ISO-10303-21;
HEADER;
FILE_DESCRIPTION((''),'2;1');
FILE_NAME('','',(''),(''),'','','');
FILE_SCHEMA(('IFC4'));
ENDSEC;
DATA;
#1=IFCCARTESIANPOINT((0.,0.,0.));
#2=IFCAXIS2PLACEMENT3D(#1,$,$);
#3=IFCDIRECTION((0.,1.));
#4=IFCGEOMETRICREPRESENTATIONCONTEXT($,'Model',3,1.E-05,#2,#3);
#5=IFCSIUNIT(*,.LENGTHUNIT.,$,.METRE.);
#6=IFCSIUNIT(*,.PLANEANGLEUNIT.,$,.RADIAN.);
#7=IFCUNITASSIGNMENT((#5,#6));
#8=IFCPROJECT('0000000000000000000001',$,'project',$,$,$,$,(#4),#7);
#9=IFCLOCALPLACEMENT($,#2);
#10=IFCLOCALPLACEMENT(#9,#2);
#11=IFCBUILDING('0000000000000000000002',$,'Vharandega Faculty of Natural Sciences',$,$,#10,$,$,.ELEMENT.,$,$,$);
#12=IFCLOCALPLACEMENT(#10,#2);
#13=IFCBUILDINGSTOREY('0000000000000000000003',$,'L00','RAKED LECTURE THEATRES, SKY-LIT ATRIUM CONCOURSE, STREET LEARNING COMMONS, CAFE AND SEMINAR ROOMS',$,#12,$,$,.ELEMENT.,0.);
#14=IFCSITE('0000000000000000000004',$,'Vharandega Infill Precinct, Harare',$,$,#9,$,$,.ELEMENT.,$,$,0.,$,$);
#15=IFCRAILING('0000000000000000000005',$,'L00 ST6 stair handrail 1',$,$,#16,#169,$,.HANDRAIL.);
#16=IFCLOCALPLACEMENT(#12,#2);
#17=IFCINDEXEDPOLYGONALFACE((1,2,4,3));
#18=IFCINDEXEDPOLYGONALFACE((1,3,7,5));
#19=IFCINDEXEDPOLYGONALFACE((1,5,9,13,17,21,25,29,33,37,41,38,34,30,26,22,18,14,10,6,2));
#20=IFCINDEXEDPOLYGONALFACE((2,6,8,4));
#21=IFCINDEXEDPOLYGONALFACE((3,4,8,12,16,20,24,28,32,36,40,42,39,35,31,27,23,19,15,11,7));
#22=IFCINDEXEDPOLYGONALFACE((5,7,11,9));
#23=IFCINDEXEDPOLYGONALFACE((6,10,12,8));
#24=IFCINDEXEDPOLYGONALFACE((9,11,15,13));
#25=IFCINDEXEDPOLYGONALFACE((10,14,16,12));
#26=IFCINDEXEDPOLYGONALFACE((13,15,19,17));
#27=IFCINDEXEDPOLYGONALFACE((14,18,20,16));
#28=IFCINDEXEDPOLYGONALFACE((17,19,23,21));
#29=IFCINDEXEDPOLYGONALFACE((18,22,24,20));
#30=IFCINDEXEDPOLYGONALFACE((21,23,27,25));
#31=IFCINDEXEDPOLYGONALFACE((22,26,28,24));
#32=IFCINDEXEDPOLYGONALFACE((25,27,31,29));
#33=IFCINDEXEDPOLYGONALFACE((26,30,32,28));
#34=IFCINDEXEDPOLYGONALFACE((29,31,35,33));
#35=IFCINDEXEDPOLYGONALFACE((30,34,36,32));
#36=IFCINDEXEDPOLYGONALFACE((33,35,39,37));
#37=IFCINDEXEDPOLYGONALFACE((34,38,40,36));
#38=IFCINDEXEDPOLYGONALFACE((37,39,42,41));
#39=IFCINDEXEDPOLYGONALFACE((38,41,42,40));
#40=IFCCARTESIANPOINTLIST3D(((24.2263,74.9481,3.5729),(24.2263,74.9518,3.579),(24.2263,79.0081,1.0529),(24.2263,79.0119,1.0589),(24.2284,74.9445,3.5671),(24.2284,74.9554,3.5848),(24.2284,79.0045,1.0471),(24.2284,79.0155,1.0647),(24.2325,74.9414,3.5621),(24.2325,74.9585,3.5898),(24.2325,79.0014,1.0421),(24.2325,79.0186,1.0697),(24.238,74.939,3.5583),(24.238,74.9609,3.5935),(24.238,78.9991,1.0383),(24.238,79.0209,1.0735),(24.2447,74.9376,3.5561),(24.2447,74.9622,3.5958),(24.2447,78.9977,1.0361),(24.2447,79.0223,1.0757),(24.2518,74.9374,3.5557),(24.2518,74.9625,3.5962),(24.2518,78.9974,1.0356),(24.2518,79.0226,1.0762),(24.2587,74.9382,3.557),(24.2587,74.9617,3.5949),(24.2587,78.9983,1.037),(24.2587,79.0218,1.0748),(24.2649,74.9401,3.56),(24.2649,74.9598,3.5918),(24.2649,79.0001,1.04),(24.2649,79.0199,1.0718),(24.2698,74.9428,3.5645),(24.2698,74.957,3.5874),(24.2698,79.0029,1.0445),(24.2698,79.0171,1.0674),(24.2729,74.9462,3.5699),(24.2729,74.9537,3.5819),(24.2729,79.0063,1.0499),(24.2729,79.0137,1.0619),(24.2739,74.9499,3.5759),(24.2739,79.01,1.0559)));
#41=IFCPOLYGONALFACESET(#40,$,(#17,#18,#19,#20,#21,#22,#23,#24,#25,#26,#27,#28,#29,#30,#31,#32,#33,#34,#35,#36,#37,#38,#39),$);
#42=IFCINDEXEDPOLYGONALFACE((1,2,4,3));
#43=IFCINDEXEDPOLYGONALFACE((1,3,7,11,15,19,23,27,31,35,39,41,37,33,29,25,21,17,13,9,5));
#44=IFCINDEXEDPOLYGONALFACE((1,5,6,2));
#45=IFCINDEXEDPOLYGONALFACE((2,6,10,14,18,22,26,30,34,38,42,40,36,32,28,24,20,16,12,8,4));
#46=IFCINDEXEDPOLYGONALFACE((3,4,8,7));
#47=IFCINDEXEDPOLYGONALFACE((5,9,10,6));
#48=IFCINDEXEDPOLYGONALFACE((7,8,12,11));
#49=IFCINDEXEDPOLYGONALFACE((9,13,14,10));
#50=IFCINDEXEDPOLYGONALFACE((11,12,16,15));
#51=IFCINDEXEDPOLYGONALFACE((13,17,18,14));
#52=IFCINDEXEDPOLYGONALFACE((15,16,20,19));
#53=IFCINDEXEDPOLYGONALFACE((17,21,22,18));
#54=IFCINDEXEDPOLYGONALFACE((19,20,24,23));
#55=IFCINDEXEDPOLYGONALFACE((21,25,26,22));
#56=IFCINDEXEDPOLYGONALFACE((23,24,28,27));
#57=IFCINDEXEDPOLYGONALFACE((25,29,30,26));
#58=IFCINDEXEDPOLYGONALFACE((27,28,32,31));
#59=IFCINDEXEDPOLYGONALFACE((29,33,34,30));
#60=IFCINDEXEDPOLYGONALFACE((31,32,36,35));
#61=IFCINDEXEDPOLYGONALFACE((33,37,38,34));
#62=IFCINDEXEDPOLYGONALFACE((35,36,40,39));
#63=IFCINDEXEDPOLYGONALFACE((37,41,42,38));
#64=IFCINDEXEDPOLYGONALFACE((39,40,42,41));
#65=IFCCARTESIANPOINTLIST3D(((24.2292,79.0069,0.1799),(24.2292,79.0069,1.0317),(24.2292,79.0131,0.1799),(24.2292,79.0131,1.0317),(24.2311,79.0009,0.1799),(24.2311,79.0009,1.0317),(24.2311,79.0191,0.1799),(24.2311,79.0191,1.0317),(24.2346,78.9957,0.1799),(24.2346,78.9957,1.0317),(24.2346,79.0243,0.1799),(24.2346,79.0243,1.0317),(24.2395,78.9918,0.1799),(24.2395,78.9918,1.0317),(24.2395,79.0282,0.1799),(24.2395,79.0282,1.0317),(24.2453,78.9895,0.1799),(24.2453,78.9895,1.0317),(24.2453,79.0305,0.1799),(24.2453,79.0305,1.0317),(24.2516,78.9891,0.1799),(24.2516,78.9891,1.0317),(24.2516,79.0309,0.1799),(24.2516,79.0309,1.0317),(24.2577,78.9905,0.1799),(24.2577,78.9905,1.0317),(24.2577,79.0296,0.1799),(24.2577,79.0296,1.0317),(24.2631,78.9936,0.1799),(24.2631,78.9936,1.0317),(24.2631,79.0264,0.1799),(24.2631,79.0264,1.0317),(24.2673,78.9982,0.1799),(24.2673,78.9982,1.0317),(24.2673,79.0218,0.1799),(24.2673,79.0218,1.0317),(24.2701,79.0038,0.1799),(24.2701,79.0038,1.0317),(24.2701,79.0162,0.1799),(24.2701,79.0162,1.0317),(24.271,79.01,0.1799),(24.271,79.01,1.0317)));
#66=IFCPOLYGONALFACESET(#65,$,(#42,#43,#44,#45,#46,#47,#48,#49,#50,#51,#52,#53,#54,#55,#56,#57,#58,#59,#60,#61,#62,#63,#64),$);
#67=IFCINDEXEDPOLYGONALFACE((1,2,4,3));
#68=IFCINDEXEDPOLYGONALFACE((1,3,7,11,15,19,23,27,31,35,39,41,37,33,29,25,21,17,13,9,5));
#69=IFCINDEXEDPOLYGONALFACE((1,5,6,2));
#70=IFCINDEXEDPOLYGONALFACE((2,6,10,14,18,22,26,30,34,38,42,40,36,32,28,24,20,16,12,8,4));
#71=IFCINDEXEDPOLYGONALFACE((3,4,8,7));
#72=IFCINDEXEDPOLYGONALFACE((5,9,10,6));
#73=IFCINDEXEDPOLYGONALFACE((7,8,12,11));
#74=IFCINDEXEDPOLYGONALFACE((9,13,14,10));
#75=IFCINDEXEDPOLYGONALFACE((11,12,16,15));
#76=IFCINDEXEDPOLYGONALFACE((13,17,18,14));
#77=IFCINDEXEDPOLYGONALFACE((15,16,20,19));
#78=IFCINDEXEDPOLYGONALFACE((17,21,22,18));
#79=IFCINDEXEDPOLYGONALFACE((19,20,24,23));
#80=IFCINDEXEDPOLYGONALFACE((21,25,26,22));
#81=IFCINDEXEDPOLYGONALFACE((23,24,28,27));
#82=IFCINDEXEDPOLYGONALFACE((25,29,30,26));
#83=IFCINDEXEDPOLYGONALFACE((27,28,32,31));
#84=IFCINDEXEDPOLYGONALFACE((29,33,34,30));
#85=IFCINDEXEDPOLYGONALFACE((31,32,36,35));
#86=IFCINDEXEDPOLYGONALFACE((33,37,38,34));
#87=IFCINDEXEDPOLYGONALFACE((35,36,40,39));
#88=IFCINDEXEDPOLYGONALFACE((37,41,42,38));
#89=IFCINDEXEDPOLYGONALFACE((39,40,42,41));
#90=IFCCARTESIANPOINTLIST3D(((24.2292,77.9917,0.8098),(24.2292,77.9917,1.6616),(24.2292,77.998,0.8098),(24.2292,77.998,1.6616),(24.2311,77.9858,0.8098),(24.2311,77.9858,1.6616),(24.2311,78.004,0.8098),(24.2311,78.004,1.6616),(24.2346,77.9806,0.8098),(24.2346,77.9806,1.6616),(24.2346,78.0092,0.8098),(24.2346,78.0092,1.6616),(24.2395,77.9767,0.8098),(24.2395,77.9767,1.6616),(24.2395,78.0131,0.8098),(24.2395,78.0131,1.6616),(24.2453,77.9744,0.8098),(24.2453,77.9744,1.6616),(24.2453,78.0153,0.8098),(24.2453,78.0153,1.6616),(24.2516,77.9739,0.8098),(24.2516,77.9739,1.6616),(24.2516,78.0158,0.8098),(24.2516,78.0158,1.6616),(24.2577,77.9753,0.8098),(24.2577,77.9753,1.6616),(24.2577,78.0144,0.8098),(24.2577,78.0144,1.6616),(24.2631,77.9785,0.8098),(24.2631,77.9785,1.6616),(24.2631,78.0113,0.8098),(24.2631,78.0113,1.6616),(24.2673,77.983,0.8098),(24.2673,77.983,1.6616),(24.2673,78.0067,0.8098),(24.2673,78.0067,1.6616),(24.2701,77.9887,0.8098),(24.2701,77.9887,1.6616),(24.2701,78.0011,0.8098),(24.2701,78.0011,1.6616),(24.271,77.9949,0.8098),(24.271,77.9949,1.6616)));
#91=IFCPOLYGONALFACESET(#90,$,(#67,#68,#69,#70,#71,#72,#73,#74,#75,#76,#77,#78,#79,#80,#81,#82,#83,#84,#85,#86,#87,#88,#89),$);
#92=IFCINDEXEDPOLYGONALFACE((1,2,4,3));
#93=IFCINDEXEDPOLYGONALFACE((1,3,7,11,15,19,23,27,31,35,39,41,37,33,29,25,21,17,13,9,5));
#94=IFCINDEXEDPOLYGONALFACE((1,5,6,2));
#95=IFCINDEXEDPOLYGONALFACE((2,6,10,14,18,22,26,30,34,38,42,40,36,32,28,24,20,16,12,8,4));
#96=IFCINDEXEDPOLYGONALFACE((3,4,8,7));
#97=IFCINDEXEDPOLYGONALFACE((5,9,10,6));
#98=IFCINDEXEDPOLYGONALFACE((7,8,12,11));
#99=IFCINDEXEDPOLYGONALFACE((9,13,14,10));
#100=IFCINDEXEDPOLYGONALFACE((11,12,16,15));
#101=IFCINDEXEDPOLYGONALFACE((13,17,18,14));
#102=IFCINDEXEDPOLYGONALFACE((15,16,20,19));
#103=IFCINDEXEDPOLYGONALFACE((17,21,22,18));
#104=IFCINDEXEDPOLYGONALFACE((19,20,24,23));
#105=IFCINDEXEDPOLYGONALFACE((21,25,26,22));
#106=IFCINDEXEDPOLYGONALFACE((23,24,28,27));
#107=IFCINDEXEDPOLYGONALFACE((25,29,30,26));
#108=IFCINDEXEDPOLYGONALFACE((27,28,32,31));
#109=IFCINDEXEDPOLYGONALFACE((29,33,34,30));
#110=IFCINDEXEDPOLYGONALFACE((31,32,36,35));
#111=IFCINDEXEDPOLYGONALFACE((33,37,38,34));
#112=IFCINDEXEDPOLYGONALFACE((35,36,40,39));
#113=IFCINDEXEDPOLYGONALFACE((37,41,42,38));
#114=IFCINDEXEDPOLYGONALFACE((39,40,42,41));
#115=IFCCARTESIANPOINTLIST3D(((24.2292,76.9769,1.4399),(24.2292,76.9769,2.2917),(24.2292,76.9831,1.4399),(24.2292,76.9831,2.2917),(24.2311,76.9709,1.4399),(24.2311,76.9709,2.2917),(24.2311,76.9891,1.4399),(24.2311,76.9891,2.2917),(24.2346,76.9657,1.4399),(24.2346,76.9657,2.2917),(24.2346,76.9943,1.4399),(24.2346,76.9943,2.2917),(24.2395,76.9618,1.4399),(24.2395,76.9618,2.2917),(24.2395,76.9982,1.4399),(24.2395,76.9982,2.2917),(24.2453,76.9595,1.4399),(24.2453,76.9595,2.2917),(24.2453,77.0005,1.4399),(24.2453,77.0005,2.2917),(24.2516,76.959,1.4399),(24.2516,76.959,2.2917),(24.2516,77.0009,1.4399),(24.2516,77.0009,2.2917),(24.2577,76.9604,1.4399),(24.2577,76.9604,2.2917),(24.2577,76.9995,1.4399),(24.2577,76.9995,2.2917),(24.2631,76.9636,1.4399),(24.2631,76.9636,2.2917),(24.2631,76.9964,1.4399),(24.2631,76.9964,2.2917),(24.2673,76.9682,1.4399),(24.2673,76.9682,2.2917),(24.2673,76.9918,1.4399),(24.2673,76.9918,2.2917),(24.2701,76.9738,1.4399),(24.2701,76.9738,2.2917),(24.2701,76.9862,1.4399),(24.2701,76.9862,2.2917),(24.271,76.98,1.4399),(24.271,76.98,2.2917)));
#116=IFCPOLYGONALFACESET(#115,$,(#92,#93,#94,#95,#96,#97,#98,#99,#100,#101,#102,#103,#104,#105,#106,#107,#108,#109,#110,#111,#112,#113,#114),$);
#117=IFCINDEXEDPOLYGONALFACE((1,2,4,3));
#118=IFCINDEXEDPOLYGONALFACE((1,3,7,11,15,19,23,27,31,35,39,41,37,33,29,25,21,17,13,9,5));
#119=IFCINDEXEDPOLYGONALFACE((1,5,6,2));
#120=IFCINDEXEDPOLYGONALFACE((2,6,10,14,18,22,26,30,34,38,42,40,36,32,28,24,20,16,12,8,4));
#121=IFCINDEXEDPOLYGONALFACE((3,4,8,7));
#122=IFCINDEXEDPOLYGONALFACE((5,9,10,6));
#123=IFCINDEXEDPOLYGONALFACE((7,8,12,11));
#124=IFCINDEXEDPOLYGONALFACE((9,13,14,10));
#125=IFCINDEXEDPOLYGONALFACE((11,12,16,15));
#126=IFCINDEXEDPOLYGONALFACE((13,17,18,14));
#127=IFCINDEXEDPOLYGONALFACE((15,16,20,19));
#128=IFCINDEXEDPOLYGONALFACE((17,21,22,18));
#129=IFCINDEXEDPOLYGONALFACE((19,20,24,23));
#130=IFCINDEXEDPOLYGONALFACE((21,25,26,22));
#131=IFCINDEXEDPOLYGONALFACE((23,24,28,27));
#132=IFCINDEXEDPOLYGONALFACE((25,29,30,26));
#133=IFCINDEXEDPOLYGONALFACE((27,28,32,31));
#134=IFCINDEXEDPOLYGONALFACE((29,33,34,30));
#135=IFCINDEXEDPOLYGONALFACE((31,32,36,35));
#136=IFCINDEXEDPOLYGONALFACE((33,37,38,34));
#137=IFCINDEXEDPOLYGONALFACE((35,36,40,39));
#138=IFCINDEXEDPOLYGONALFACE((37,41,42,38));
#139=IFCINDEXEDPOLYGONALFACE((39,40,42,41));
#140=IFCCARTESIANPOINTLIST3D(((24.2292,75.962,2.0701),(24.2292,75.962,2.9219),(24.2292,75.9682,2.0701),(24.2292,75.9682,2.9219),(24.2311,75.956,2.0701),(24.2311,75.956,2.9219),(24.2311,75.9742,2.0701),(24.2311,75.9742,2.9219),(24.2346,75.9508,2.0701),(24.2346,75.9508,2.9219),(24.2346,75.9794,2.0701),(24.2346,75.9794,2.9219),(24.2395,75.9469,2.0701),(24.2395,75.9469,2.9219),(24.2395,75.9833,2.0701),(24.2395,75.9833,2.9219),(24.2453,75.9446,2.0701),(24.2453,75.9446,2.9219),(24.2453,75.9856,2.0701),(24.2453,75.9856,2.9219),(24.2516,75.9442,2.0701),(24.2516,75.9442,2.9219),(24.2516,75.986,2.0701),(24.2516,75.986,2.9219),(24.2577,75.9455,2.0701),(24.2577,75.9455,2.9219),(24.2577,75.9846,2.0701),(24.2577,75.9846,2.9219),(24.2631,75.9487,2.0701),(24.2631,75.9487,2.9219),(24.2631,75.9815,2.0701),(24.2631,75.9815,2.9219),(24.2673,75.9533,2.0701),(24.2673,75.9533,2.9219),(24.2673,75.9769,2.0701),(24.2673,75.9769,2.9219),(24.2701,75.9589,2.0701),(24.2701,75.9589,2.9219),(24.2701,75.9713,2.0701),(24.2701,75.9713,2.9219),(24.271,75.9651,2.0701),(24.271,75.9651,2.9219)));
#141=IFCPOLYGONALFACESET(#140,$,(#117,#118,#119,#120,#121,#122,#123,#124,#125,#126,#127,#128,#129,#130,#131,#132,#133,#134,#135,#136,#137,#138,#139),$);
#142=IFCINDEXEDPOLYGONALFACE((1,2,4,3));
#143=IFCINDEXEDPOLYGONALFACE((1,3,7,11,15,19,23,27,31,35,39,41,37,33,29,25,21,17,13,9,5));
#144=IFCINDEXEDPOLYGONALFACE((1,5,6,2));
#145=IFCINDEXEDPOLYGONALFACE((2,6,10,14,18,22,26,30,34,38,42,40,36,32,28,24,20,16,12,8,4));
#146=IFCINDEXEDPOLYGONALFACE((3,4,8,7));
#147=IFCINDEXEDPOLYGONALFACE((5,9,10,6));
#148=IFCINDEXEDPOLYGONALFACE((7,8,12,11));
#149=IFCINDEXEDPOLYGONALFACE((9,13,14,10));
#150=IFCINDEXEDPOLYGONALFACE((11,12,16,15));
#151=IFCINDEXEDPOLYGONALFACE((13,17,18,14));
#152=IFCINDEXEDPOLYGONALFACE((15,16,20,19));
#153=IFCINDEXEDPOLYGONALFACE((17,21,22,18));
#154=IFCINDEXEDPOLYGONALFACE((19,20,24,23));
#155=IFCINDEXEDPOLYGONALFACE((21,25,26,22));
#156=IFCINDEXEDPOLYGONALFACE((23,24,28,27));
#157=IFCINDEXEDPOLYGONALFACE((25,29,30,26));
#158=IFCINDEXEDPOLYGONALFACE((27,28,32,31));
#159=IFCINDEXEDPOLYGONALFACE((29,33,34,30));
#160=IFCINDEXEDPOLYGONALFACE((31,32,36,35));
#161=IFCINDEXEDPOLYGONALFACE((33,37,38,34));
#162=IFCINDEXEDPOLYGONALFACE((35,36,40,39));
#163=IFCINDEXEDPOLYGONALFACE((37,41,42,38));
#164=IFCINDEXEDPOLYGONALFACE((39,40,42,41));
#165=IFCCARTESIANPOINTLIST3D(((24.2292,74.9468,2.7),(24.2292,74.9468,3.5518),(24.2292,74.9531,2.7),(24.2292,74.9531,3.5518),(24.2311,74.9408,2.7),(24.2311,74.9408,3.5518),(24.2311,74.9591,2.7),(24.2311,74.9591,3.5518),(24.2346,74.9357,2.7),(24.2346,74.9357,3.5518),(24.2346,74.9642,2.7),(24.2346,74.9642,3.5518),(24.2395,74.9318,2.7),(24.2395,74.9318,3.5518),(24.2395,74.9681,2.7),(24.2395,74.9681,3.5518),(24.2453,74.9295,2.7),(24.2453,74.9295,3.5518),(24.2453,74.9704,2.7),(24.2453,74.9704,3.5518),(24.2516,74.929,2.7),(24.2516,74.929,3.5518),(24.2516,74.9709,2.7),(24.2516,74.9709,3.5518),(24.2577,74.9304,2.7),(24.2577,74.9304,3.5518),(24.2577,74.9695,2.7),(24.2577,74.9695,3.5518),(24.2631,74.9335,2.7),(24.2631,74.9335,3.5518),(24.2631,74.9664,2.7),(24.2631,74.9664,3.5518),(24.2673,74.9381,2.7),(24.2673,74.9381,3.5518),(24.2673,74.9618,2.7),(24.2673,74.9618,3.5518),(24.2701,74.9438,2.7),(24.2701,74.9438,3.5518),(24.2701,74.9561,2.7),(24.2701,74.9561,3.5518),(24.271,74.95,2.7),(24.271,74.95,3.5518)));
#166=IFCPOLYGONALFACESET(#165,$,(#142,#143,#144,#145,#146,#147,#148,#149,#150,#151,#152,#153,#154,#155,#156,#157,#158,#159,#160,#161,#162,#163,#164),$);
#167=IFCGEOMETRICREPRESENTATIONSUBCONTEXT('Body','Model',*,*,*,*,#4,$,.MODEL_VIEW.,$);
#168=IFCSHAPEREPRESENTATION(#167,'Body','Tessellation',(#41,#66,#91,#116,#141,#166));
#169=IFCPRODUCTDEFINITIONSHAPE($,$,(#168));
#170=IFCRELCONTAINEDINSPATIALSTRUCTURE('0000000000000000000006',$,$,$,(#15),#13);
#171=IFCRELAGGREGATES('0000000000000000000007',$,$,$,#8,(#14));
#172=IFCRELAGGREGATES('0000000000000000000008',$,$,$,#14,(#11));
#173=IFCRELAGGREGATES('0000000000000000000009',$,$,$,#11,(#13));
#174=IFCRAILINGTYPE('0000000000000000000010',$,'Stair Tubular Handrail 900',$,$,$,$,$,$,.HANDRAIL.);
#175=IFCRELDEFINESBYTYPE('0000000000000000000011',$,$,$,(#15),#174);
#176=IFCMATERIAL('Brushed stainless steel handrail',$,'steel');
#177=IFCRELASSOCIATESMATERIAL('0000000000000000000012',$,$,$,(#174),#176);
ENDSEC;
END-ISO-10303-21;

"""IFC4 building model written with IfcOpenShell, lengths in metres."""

from ifc_helpers import new_model, si_unit, direction, frame, origin, origin_2d, place, context, subcontext, project, spatial, circle, extrude, material, type_object, element, save


model = new_model("IFC4")

# Units and contexts
model_context = context("Model", 3, precision=1e-05, world=origin(), true_north=direction((0.0, 1.0)))
body_context = subcontext(model_context, "Body", "Model", "MODEL_VIEW")
ifc_project = project(units=[si_unit("LENGTHUNIT", "METRE"), si_unit("PLANEANGLEUNIT", "RADIAN")], contexts=[model_context])

# Site, building, storey
site_placement = place(None, origin())
site = spatial("IfcSite", under=ifc_project, at=site_placement, Name="Vharandega Infill Precinct, Harare", CompositionType="ELEMENT", RefElevation=0.0)
building_placement = place(site_placement, origin())
building = spatial("IfcBuilding", under=site, at=building_placement, Name="Vharandega Faculty of Natural Sciences", CompositionType="ELEMENT")
storey_placement = place(building_placement, origin())
storey = spatial("IfcBuildingStorey", under=building, at=storey_placement, Name="L00", Description="RAKED LECTURE THEATRES, SKY-LIT ATRIUM CONCOURSE, STREET LEARNING COMMONS, CAFE AND SEMINAR ROOMS", CompositionType="ELEMENT", Elevation=0.0)

# Railing
ifc_material_1 = material(Name="Brushed stainless steel handrail", Category="steel")
railing_type_1 = type_object("IfcRailingType", Name="Stair Tubular Handrail 900", PredefinedType="HANDRAIL", material=ifc_material_1)
railing_1_placement = place(storey_placement, frame((24.25, 79.01, 0.1799)))
element("IfcRailing", 1, at=railing_1_placement, inside=storey, type_object=railing_type_1, Name="L00 ST6 stair handrail 1", PredefinedType="HANDRAIL", context=body_context, shape_type="SweptSolid", body=[
    extrude(circle(Radius=0.0239, at=origin_2d()), frame((0.0, 0.0, 0.876), z_axis=(0.0, -0.849642, 0.52736), x_axis=(1.0, 0.0, 0.0)), (0.0, 0.0, 1.0), 4.7786),
    extrude(circle(Radius=0.021, at=origin_2d()), origin(), (0.0, 0.0, 1.0), 0.8518),
    extrude(circle(Radius=0.021, at=origin_2d()), frame((0.0, -1.0151, 0.6299)), (0.0, 0.0, 1.0), 0.8518),
    extrude(circle(Radius=0.021, at=origin_2d()), frame((0.0, -2.03, 1.26)), (0.0, 0.0, 1.0), 0.8518),
    extrude(circle(Radius=0.021, at=origin_2d()), frame((0.0, -3.0449, 1.8901)), (0.0, 0.0, 1.0), 0.8518),
    extrude(circle(Radius=0.021, at=origin_2d()), frame((0.0, -4.0601, 2.52)), (0.0, 0.0, 1.0), 0.8518),
])

save(model, "model.ifc")
